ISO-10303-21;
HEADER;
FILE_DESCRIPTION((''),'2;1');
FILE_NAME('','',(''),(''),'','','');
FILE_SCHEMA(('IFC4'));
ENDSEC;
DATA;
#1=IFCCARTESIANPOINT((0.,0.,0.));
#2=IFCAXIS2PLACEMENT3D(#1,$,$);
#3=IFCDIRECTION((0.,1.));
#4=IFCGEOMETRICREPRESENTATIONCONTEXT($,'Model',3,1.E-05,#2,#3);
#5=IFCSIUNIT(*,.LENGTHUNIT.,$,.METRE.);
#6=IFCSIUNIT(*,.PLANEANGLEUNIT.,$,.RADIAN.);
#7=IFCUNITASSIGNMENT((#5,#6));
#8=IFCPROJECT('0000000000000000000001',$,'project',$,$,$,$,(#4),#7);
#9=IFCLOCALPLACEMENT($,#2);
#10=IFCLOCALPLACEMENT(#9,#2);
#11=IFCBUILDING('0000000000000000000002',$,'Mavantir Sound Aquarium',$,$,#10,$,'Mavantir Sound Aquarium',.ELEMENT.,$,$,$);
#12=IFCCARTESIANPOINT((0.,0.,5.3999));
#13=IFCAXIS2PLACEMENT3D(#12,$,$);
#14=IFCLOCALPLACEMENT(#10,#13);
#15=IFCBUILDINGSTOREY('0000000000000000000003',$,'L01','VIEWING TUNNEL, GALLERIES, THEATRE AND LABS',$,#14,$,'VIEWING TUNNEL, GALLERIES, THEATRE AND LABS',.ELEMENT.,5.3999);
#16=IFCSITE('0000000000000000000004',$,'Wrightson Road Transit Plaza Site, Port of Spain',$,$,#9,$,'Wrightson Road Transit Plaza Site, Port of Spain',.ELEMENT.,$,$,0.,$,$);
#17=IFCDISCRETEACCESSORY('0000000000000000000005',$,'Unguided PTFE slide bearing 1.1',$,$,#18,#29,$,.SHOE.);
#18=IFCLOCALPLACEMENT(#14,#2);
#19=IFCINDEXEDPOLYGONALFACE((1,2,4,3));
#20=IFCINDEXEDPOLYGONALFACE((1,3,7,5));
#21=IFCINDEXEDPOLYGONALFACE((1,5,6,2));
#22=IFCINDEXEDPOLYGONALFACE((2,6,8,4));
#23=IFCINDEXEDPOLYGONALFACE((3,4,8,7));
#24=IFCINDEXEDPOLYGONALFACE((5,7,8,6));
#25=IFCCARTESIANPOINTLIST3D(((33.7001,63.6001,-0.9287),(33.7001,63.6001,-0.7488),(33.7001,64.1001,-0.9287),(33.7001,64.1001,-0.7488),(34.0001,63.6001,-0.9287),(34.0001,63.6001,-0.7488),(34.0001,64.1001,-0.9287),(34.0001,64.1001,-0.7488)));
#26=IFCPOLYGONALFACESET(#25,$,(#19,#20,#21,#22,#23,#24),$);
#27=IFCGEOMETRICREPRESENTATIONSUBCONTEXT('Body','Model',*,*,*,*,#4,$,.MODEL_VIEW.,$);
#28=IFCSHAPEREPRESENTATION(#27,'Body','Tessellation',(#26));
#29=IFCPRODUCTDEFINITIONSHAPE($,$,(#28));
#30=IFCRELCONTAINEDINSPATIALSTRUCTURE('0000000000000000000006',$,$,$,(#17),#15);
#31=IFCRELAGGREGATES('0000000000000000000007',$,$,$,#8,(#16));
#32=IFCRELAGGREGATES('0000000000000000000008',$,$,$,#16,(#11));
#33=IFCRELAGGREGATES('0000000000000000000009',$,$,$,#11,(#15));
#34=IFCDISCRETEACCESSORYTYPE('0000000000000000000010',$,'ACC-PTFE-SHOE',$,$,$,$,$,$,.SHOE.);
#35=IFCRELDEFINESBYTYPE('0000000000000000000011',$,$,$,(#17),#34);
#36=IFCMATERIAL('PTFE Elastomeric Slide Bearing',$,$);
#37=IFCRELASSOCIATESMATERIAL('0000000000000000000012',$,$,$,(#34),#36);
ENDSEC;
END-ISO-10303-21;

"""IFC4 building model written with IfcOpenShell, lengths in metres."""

from ifc_helpers import new_model, si_unit, direction, frame, origin, origin_2d, place, context, subcontext, project, spatial, rectangle, extrude, material, type_object, element, save


model = new_model("IFC4")

# Units and contexts
model_context = context("Model", 3, precision=1e-05, world=origin(), true_north=direction((0.0, 1.0)))
body_context = subcontext(model_context, "Body", "Model", "MODEL_VIEW")
ifc_project = project(units=[si_unit("LENGTHUNIT", "METRE"), si_unit("PLANEANGLEUNIT", "RADIAN")], contexts=[model_context])

# Site, building, storey
site_placement = place(None, origin())
site = spatial("IfcSite", under=ifc_project, at=site_placement, Name="Wrightson Road Transit Plaza Site, Port of Spain", LongName="Wrightson Road Transit Plaza Site, Port of Spain", CompositionType="ELEMENT", RefElevation=0.0)
building_placement = place(site_placement, origin())
building = spatial("IfcBuilding", under=site, at=building_placement, Name="Mavantir Sound Aquarium", LongName="Mavantir Sound Aquarium", CompositionType="ELEMENT")
storey_placement = place(building_placement, frame((0.0, 0.0, 5.3999)))
storey = spatial("IfcBuildingStorey", under=building, at=storey_placement, Name="L01", Description="VIEWING TUNNEL, GALLERIES, THEATRE AND LABS", LongName="VIEWING TUNNEL, GALLERIES, THEATRE AND LABS", CompositionType="ELEMENT", Elevation=5.3999)

# Discrete accessory
ifc_material_1 = material(Name="PTFE Elastomeric Slide Bearing")
discrete_accessory_type = type_object("IfcDiscreteAccessoryType", Name="ACC-PTFE-SHOE", PredefinedType="SHOE", material=ifc_material_1)
discrete_accessory_placement = place(storey_placement, frame((33.8501, 63.8501, -0.9287), z_axis=(0.0, 0.0, 1.0), x_axis=(1.0, 0.0, 0.0)))
element("IfcDiscreteAccessory", 1, at=discrete_accessory_placement, inside=storey, type_object=discrete_accessory_type, Name="Unguided PTFE slide bearing 1.1", PredefinedType="SHOE", context=body_context, shape_type="SweptSolid", body=[
    extrude(rectangle(XDim=0.3, YDim=0.5, at=origin_2d()), origin(), (0.0, 0.0, 1.0), 0.1799),
])

save(model, "model.ifc")
